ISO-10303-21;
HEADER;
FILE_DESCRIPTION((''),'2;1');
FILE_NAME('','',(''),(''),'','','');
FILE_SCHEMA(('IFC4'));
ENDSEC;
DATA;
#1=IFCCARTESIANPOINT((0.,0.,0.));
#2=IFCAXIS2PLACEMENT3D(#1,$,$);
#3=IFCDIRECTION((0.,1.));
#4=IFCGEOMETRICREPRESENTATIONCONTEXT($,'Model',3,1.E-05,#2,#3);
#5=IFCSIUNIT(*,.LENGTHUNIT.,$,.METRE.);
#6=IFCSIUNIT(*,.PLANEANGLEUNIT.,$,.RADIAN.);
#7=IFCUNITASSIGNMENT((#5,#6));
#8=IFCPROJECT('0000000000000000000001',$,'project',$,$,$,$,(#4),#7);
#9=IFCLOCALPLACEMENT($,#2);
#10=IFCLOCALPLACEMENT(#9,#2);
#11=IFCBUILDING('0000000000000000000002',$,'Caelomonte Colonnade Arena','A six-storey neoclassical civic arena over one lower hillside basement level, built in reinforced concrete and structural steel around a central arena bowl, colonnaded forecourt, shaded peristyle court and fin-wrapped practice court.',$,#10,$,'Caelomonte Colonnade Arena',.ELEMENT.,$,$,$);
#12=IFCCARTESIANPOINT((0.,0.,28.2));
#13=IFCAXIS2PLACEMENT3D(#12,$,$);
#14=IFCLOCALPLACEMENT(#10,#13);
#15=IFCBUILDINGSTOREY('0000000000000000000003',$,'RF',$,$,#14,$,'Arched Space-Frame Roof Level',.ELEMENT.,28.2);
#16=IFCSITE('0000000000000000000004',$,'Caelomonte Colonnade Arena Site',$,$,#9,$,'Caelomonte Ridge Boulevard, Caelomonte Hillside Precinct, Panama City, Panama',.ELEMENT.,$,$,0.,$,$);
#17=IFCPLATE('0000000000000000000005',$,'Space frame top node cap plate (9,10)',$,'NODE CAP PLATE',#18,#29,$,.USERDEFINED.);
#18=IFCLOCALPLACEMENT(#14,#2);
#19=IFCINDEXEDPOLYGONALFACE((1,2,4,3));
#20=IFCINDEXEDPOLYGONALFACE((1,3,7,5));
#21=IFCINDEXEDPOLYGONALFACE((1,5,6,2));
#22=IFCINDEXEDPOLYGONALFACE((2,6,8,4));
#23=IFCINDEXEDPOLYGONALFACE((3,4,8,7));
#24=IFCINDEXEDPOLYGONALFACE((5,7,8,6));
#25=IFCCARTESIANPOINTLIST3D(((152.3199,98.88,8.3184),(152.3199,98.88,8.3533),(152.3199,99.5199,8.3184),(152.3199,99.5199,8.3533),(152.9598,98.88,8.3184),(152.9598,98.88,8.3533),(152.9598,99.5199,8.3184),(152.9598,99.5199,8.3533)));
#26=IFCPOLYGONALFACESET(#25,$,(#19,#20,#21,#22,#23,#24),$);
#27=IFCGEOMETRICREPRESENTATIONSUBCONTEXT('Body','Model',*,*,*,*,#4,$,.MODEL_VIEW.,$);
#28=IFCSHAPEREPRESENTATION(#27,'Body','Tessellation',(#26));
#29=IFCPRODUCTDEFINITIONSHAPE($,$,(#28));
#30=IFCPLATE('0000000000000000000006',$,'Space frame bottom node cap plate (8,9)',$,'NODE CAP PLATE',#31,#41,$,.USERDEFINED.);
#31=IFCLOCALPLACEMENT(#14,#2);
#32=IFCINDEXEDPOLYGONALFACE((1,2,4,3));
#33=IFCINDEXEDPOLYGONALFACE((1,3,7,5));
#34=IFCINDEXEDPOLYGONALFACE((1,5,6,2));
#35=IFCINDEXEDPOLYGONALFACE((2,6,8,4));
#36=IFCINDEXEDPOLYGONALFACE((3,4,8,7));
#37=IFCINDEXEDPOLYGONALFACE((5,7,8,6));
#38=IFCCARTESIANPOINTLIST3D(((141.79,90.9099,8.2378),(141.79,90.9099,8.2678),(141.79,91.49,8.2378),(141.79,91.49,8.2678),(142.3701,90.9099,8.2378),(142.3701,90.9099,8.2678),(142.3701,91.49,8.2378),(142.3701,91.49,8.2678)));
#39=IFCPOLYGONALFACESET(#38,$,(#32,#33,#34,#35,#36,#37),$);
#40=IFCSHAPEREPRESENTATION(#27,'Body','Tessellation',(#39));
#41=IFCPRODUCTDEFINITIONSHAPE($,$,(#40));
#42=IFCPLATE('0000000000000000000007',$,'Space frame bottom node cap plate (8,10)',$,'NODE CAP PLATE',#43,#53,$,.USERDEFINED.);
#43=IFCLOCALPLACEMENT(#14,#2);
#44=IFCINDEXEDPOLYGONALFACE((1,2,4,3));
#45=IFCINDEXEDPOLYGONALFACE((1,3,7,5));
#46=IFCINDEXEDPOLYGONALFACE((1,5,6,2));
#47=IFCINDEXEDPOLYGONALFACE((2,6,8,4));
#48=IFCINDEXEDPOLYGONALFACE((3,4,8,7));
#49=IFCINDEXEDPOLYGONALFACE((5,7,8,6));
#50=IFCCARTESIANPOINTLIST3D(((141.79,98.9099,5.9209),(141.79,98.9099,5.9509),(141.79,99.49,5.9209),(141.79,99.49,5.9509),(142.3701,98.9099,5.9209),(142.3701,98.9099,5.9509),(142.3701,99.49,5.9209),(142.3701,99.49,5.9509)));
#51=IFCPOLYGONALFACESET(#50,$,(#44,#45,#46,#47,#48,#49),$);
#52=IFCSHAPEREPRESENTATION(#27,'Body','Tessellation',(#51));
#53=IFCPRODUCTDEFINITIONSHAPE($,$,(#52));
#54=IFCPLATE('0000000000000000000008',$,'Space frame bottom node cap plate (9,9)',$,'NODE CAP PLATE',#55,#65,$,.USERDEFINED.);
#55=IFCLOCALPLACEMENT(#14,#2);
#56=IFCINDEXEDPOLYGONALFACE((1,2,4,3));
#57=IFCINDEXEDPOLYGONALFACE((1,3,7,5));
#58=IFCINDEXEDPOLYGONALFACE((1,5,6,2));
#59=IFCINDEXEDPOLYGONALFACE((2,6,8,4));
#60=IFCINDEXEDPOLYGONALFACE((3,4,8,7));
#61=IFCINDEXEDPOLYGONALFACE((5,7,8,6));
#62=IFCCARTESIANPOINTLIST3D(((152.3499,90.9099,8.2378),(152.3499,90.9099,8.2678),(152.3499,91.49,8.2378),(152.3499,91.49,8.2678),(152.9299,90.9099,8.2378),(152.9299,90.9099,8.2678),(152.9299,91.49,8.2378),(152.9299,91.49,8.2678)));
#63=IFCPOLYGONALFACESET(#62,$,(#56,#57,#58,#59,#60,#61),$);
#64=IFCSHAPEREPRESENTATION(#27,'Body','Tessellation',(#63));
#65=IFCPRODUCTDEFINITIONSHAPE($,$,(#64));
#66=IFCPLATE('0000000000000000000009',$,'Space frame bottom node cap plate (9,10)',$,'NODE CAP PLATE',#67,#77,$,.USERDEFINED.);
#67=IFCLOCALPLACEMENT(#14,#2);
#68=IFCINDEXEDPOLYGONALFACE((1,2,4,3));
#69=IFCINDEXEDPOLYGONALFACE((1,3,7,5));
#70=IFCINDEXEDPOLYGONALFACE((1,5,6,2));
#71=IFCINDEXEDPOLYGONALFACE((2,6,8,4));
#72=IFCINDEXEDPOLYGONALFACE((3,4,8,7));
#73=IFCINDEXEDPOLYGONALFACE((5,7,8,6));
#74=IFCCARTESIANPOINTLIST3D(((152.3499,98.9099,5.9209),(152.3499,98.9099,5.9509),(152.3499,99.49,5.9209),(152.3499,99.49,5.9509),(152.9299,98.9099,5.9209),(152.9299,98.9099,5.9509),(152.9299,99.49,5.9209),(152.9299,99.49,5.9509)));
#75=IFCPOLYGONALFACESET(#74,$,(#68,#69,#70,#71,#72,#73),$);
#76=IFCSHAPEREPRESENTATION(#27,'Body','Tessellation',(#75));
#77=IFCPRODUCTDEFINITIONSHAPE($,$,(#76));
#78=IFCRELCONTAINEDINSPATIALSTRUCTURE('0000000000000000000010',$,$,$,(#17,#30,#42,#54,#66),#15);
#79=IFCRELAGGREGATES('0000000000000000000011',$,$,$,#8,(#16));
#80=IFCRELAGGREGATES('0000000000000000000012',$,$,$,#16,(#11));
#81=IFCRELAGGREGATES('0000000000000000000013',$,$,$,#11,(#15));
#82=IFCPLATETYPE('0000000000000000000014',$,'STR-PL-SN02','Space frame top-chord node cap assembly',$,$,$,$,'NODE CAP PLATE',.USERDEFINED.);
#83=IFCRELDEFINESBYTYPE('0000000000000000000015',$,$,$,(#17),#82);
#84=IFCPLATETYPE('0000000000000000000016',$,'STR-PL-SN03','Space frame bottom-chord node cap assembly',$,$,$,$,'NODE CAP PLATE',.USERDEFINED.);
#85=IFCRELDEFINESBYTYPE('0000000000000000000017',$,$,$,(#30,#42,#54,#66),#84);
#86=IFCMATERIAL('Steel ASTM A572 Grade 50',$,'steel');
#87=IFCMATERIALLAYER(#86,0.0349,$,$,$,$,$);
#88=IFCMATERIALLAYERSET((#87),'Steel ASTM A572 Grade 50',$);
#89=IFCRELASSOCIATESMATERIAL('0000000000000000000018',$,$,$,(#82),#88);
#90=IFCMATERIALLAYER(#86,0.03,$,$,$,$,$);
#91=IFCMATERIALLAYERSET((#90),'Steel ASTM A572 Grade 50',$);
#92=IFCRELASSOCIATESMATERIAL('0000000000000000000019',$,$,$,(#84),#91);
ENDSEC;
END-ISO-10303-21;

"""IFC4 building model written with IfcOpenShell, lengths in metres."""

from ifc_helpers import new_model, si_unit, direction, frame, origin, origin_2d, place, context, subcontext, project, spatial, rectangle, extrude, material, layer, layer_set, type_object, element, save


model = new_model("IFC4")

# Units and contexts
model_context = context("Model", 3, precision=1e-05, world=origin(), true_north=direction((0.0, 1.0)))
body_context = subcontext(model_context, "Body", "Model", "MODEL_VIEW")
ifc_project = project(units=[si_unit("LENGTHUNIT", "METRE"), si_unit("PLANEANGLEUNIT", "RADIAN")], contexts=[model_context])

# Site, building, storey
site_placement = place(None, origin())
site = spatial("IfcSite", under=ifc_project, at=site_placement, Name="Caelomonte Colonnade Arena Site", LongName="Caelomonte Ridge Boulevard, Caelomonte Hillside Precinct, Panama City, Panama", CompositionType="ELEMENT", RefElevation=0.0)
building_placement = place(site_placement, origin())
building = spatial("IfcBuilding", under=site, at=building_placement, Name="Caelomonte Colonnade Arena", Description="A six-storey neoclassical civic arena over one lower hillside basement level, built in reinforced concrete and structural steel around a central arena bowl, colonnaded forecourt, shaded peristyle court and fin-wrapped practice court.", LongName="Caelomonte Colonnade Arena", CompositionType="ELEMENT")
storey_placement = place(building_placement, frame((0.0, 0.0, 28.2)))
storey = spatial("IfcBuildingStorey", under=building, at=storey_placement, Name="RF", LongName="Arched Space-Frame Roof Level", CompositionType="ELEMENT", Elevation=28.2)

# Plates
ifc_material_1 = material(Name="Steel ASTM A572 Grade 50", Category="steel")
ifc_layer_1 = layer(ifc_material_1, 0.0349)
ifc_layer_set_1 = layer_set([ifc_layer_1], Name="Steel ASTM A572 Grade 50")
plate_type_1 = type_object("IfcPlateType", Name="STR-PL-SN02", Description="Space frame top-chord node cap assembly", ElementType="NODE CAP PLATE", PredefinedType="USERDEFINED", material=ifc_layer_set_1)
for number, where, z_axis, x_axis, name in (
    (1, (152.6399, 99.2, 8.3184), (0.0, 0.0, 1.0), (1.0, 0.0, 0.0), "Space frame top node cap plate (9,10)"),
):
    element("IfcPlate", number, at=place(storey_placement, frame(where, z_axis=z_axis, x_axis=x_axis)), inside=storey, type_object=plate_type_1, Name=name, ObjectType="NODE CAP PLATE", PredefinedType="USERDEFINED", context=body_context, shape_type="SweptSolid", body=[
        extrude(rectangle(XDim=0.6399, YDim=0.6399, at=origin_2d()), origin(), (0.0, 0.0, 1.0), 0.0349),
    ])
ifc_layer_2 = layer(ifc_material_1, 0.03)
ifc_layer_set_2 = layer_set([ifc_layer_2], Name="Steel ASTM A572 Grade 50")
plate_type_2 = type_object("IfcPlateType", Name="STR-PL-SN03", Description="Space frame bottom-chord node cap assembly", ElementType="NODE CAP PLATE", PredefinedType="USERDEFINED", material=ifc_layer_set_2)
for number, where, z_axis, x_axis, name in (
    (2, (142.0801, 91.2, 8.2378), (0.0, 0.0, 1.0), (1.0, 0.0, 0.0), "Space frame bottom node cap plate (8,9)"),
    (3, (142.0801, 99.2, 5.9209), (0.0, 0.0, 1.0), (1.0, 0.0, 0.0), "Space frame bottom node cap plate (8,10)"),
    (4, (152.6399, 91.2, 8.2378), (0.0, 0.0, 1.0), (1.0, 0.0, 0.0), "Space frame bottom node cap plate (9,9)"),
    (5, (152.6399, 99.2, 5.9209), (0.0, 0.0, 1.0), (1.0, 0.0, 0.0), "Space frame bottom node cap plate (9,10)"),
):
    element("IfcPlate", number, at=place(storey_placement, frame(where, z_axis=z_axis, x_axis=x_axis)), inside=storey, type_object=plate_type_2, Name=name, ObjectType="NODE CAP PLATE", PredefinedType="USERDEFINED", context=body_context, shape_type="SweptSolid", body=[
        extrude(rectangle(XDim=0.5801, YDim=0.5801, at=origin_2d()), origin(), (0.0, 0.0, 1.0), 0.03),
    ])

save(model, "model.ifc")
